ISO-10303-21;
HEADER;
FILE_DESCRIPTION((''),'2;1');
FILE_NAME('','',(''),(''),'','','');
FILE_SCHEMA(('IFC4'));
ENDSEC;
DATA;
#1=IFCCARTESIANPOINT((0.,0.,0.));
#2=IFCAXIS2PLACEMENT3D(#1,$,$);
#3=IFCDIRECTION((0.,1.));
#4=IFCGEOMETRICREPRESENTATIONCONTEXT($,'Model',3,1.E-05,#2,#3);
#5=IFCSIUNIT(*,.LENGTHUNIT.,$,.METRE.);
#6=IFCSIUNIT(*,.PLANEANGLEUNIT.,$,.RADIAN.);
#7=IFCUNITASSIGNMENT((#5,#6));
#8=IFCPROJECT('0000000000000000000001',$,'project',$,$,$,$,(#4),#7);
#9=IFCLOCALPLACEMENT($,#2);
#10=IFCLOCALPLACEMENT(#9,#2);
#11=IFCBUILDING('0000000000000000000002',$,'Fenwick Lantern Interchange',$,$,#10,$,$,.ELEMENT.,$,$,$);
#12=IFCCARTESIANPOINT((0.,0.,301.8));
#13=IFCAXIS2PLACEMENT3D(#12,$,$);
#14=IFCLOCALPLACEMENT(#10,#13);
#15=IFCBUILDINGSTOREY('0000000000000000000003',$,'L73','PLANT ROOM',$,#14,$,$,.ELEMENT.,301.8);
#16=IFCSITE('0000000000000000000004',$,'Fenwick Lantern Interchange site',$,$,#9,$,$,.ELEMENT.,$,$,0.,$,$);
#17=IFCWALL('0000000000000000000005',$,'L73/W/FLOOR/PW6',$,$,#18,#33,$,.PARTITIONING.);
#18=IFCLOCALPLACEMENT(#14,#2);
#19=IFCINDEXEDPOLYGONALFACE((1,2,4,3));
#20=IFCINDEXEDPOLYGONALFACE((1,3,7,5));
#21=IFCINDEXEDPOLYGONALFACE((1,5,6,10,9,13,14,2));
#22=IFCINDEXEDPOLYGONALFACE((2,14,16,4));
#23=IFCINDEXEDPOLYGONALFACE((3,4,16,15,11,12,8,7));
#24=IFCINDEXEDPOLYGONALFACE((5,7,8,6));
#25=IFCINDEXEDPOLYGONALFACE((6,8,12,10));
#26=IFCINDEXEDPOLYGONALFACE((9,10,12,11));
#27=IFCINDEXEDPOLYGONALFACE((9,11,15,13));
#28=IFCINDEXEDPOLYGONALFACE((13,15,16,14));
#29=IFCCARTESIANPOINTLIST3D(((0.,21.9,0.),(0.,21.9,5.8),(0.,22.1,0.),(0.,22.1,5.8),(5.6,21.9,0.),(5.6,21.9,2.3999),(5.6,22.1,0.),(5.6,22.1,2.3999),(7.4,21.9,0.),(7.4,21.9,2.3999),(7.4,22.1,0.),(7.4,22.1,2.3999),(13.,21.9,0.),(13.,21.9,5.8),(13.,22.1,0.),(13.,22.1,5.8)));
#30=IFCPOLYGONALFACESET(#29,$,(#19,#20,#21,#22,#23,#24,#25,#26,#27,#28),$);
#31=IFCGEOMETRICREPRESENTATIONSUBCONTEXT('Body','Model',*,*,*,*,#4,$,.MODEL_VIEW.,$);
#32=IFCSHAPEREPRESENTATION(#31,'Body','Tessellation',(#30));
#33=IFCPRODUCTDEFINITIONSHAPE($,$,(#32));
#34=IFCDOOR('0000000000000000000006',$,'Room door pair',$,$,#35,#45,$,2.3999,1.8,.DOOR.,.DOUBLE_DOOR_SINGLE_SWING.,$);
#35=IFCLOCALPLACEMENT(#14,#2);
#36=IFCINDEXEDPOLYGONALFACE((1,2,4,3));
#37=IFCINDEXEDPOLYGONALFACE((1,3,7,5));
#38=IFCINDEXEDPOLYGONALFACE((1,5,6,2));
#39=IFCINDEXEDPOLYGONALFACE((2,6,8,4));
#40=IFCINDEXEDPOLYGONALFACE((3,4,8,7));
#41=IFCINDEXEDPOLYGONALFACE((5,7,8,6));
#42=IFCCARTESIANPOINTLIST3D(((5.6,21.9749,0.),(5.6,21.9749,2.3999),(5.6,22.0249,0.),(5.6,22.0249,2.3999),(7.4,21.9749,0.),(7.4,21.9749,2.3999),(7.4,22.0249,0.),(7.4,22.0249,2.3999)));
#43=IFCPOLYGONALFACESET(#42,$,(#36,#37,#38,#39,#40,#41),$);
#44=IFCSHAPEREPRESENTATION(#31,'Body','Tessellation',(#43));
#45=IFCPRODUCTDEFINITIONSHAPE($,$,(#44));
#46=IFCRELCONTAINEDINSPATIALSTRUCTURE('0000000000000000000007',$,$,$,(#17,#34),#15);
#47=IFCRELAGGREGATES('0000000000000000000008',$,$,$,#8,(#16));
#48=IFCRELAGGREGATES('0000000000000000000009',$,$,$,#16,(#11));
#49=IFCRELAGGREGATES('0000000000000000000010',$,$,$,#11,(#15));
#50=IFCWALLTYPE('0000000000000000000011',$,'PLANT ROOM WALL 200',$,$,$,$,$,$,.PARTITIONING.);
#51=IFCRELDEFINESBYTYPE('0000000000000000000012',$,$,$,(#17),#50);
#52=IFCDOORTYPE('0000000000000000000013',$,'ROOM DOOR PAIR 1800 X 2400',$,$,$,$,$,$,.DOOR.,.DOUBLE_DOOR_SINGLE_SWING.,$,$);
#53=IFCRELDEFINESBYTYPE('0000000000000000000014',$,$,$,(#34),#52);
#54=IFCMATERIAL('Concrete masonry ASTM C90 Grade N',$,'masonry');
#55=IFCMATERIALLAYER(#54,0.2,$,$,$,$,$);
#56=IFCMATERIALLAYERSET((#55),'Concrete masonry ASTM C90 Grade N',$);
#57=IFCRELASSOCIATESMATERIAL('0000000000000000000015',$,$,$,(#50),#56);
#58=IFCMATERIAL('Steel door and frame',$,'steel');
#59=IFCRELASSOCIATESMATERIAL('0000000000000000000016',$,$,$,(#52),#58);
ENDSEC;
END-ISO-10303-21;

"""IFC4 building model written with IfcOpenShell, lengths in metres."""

from ifc_helpers import new_model, si_unit, direction, frame, frame_2d, origin, place, context, subcontext, project, spatial, rectangle, extrude, material, layer, layer_set, type_object, element, fill, save


model = new_model("IFC4")

# Units and contexts
model_context = context("Model", 3, precision=1e-05, world=origin(), true_north=direction((0.0, 1.0)))
body_context = subcontext(model_context, "Body", "Model", "MODEL_VIEW")
ifc_project = project(units=[si_unit("LENGTHUNIT", "METRE"), si_unit("PLANEANGLEUNIT", "RADIAN")], contexts=[model_context])

# Site, building, storey
site_placement = place(None, origin())
site = spatial("IfcSite", under=ifc_project, at=site_placement, Name="Fenwick Lantern Interchange site", CompositionType="ELEMENT", RefElevation=0.0)
building_placement = place(site_placement, origin())
building = spatial("IfcBuilding", under=site, at=building_placement, Name="Fenwick Lantern Interchange", CompositionType="ELEMENT")
storey_placement = place(building_placement, frame((0.0, 0.0, 301.8)))
storey = spatial("IfcBuildingStorey", under=building, at=storey_placement, Name="L73", Description="PLANT ROOM", CompositionType="ELEMENT", Elevation=301.8)

# Wall, opening, door
ifc_material_1 = material(Name="Concrete masonry ASTM C90 Grade N", Category="masonry")
ifc_layer = layer(ifc_material_1, 0.2)
ifc_layer_set = layer_set([ifc_layer], Name="Concrete masonry ASTM C90 Grade N")
wall_type = type_object("IfcWallType", Name="PLANT ROOM WALL 200", PredefinedType="PARTITIONING", material=ifc_layer_set)
wall_placement = place(storey_placement, frame((0.0, 22.0, 0.0), z_axis=(0.0, 0.0, 1.0), x_axis=(1.0, 0.0, 0.0)))
wall = element("IfcWall", 1, at=wall_placement, inside=storey, type_object=wall_type, Name="L73/W/FLOOR/PW6", PredefinedType="PARTITIONING", context=body_context, shape_type="SweptSolid", body=[
    extrude(rectangle(XDim=13.0, YDim=0.2, at=frame_2d((6.5, 0.0))), origin(), (0.0, 0.0, 1.0), 5.8),
])
opening_placement = place(wall_placement, frame((5.6001, 0.0, 0.0)))
opening = element("IfcOpeningElement", 2, at=opening_placement, cuts=wall, PredefinedType="OPENING", context=body_context, shape_type="SweptSolid", body=[
    extrude(rectangle(XDim=1.8, YDim=2.3999, at=frame_2d((0.8999, 1.2))), frame((0.0, 0.1099, 0.0), z_axis=(0.0, -1.0, 0.0), x_axis=(1.0, 0.0, 0.0)), (0.0, 0.0, 1.0), 0.22),
])
ifc_material_2 = material(Name="Steel door and frame", Category="steel")
door_type = type_object("IfcDoorType", Name="ROOM DOOR PAIR 1800 X 2400", OperationType="DOUBLE_DOOR_SINGLE_SWING", PredefinedType="DOOR", material=ifc_material_2)
door_placement = place(opening_placement, origin())
door = element("IfcDoor", 3, at=door_placement, inside=storey, type_object=door_type, Name="Room door pair", OperationType="DOUBLE_DOOR_SINGLE_SWING", OverallHeight=2.3999, OverallWidth=1.8, PredefinedType="DOOR", context=body_context, shape_type="SweptSolid", body=[
    extrude(rectangle(XDim=1.8, YDim=2.3999, at=frame_2d((0.8999, 1.2))), frame((0.0, 0.0249, 0.0), z_axis=(0.0, -1.0, 0.0), x_axis=(1.0, 0.0, 0.0)), (0.0, 0.0, 1.0), 0.05),
])
fill(opening, door)

save(model, "model.ifc")
